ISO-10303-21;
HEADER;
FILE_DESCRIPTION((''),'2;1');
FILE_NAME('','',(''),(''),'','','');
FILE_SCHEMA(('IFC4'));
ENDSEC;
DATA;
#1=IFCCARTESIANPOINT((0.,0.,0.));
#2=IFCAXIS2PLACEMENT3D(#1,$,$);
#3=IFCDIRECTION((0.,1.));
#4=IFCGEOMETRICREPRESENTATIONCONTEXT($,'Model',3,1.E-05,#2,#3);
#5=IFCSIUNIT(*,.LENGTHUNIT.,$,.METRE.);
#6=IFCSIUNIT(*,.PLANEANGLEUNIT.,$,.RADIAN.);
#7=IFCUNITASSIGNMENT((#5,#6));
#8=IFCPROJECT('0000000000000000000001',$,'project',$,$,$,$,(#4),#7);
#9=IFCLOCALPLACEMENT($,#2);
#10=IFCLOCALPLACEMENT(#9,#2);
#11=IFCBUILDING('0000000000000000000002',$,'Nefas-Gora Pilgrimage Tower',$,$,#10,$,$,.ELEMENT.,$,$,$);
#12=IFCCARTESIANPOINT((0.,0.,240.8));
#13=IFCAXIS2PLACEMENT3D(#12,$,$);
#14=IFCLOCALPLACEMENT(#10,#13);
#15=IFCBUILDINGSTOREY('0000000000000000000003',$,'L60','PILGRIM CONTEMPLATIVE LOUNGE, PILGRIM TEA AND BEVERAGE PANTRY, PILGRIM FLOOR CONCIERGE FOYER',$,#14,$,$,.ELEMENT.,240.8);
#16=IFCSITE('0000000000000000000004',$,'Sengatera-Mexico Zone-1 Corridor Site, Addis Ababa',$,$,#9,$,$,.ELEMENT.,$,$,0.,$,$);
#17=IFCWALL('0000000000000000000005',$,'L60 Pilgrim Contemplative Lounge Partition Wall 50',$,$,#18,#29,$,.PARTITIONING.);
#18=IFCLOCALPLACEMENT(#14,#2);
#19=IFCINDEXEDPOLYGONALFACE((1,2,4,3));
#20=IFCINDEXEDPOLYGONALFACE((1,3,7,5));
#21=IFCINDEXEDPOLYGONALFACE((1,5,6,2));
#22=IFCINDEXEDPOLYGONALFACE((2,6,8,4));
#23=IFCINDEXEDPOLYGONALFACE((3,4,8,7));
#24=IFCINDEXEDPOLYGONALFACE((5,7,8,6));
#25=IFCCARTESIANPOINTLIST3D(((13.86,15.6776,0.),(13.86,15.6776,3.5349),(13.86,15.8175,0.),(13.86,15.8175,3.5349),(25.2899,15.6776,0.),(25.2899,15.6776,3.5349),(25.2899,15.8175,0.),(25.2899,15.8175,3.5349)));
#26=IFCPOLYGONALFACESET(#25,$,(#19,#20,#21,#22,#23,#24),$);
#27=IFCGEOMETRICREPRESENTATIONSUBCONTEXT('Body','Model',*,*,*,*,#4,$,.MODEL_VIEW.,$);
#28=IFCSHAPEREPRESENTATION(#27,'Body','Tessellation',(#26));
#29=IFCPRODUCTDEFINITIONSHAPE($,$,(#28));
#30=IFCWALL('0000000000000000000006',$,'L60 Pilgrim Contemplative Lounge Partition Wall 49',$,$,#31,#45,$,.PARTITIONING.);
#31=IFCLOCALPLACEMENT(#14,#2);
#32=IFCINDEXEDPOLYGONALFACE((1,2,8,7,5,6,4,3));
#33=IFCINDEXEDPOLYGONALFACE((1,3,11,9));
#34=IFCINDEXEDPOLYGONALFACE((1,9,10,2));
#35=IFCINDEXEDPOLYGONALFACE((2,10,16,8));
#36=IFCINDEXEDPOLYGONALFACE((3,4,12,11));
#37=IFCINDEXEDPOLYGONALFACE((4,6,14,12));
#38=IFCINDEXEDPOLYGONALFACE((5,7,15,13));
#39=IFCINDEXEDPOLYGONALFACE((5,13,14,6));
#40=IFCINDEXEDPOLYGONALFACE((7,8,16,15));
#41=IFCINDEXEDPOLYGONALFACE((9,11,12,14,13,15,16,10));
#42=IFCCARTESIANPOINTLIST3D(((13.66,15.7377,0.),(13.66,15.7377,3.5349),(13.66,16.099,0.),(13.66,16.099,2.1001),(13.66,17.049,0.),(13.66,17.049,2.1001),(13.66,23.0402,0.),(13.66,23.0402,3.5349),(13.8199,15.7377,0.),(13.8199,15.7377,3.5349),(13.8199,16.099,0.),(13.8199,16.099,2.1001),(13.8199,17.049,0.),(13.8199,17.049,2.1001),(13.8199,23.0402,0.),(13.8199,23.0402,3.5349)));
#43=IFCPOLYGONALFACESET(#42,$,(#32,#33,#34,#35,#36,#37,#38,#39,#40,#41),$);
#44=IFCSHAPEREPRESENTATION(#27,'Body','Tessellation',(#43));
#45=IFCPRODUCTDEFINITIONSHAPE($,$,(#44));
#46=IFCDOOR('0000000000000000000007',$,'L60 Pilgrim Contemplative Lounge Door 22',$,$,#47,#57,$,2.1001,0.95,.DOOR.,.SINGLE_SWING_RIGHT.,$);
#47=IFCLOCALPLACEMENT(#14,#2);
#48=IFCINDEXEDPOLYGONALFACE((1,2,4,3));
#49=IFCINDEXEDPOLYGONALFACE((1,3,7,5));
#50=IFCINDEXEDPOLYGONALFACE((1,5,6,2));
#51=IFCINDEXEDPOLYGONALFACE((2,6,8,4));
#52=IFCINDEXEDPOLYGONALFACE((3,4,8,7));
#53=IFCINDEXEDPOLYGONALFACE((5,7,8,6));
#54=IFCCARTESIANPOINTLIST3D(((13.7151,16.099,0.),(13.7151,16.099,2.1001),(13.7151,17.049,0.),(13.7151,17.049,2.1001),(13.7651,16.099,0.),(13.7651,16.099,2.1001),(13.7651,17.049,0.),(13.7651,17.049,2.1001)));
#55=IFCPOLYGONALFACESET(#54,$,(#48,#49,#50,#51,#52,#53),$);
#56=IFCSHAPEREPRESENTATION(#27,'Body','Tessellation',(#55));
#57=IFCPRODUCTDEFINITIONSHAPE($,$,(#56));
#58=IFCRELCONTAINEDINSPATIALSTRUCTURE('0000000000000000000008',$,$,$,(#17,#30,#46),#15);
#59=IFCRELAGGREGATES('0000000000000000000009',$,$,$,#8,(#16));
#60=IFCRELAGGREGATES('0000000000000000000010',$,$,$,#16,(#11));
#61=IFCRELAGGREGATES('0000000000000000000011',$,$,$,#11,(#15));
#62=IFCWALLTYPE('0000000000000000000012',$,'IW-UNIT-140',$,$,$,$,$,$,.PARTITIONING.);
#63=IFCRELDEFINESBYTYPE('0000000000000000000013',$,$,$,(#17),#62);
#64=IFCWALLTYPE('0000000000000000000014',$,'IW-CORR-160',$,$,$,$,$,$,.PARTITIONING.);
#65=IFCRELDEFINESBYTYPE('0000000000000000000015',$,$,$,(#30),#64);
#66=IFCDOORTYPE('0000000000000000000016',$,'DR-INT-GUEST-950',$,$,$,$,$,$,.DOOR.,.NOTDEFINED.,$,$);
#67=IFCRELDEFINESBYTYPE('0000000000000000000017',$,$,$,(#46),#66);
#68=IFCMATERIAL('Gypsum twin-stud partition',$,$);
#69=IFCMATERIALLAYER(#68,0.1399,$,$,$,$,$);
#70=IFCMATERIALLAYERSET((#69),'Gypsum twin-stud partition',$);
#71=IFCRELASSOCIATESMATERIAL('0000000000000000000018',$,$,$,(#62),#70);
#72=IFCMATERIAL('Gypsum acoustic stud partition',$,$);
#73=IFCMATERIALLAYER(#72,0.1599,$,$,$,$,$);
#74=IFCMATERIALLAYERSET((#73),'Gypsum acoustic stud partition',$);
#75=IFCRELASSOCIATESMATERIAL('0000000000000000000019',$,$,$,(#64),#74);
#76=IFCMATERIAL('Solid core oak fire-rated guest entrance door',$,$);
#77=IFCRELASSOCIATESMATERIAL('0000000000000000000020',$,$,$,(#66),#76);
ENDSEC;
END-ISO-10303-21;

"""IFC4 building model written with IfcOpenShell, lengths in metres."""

from ifc_helpers import new_model, si_unit, direction, frame, frame_2d, origin, place, context, subcontext, project, spatial, rectangle, extrude, source, transform, mapped, material, layer, layer_set, type_object, element, fill, save


model = new_model("IFC4")

# Units and contexts
model_context = context("Model", 3, precision=1e-05, world=origin(), true_north=direction((0.0, 1.0)))
body_context = subcontext(model_context, "Body", "Model", "MODEL_VIEW")
ifc_project = project(units=[si_unit("LENGTHUNIT", "METRE"), si_unit("PLANEANGLEUNIT", "RADIAN")], contexts=[model_context])

# Site, building, storey
site_placement = place(None, origin())
site = spatial("IfcSite", under=ifc_project, at=site_placement, Name="Sengatera-Mexico Zone-1 Corridor Site, Addis Ababa", CompositionType="ELEMENT", RefElevation=0.0)
building_placement = place(site_placement, origin())
building = spatial("IfcBuilding", under=site, at=building_placement, Name="Nefas-Gora Pilgrimage Tower", CompositionType="ELEMENT")
storey_placement = place(building_placement, frame((0.0, 0.0, 240.8)))
storey = spatial("IfcBuildingStorey", under=building, at=storey_placement, Name="L60", Description="PILGRIM CONTEMPLATIVE LOUNGE, PILGRIM TEA AND BEVERAGE PANTRY, PILGRIM FLOOR CONCIERGE FOYER", CompositionType="ELEMENT", Elevation=240.8)

# Wall
ifc_material_1 = material(Name="Gypsum twin-stud partition")
ifc_layer_1 = layer(ifc_material_1, 0.1399)
ifc_layer_set_1 = layer_set([ifc_layer_1], Name="Gypsum twin-stud partition")
wall_type_1 = type_object("IfcWallType", Name="IW-UNIT-140", PredefinedType="PARTITIONING", material=ifc_layer_set_1)
shared_shape_1 = source(origin(), body_context, "Body", "SweptSolid", [
    extrude(rectangle(XDim=11.4299, YDim=0.1399, at=frame_2d((5.7148, 0.0))), origin(), (0.0, 0.0, 1.0), 3.5349),
])
wall_1_placement = place(storey_placement, frame((13.8601, 15.7476, 0.0), z_axis=(0.0, 0.0, 1.0), x_axis=(1.0, 0.0, 0.0)))
element("IfcWall", 1, at=wall_1_placement, inside=storey, type_object=wall_type_1, Name="L60 Pilgrim Contemplative Lounge Partition Wall 50", PredefinedType="PARTITIONING", context=body_context, shape_type="MappedRepresentation", body=[
    mapped(shared_shape_1, transform((0.0, 0.0, 0.0), x_axis=(1.0, 0.0, 0.0), y_axis=(0.0, 1.0, 0.0), z_axis=(0.0, 0.0, 1.0), scale=1.0)),
])

# Wall, opening, door
ifc_material_2 = material(Name="Gypsum acoustic stud partition")
ifc_layer_2 = layer(ifc_material_2, 0.1599)
ifc_layer_set_2 = layer_set([ifc_layer_2], Name="Gypsum acoustic stud partition")
wall_type_2 = type_object("IfcWallType", Name="IW-CORR-160", PredefinedType="PARTITIONING", material=ifc_layer_set_2)
shared_shape_2 = source(origin(), body_context, "Body", "SweptSolid", [
    extrude(rectangle(XDim=7.3025, YDim=0.1599, at=frame_2d((3.6514, 0.0))), origin(), (0.0, 0.0, 1.0), 3.5349),
])
wall_2_placement = place(storey_placement, frame((13.74, 15.7375, 0.0), z_axis=(0.0, 0.0, 1.0), x_axis=(0.0, 1.0, 0.0)))
wall_2 = element("IfcWall", 2, at=wall_2_placement, inside=storey, type_object=wall_type_2, Name="L60 Pilgrim Contemplative Lounge Partition Wall 49", PredefinedType="PARTITIONING", context=body_context, shape_type="MappedRepresentation", body=[
    mapped(shared_shape_2, transform((0.0, 0.0, 0.0), x_axis=(1.0, 0.0, 0.0), y_axis=(0.0, 1.0, 0.0), z_axis=(0.0, 0.0, 1.0), scale=1.0)),
])
opening_1_placement = place(wall_2_placement, frame((0.3613, 0.0, 0.0)))
opening_1 = element("IfcOpeningElement", 3, at=opening_1_placement, cuts=wall_2, PredefinedType="OPENING", context=body_context, shape_type="SweptSolid", body=[
    extrude(rectangle(XDim=0.95, YDim=2.1001, at=frame_2d((0.4751, 1.05))), frame((0.0, 0.0898, 0.0), z_axis=(0.0, -1.0, 0.0), x_axis=(1.0, 0.0, 0.0)), (0.0, 0.0, 1.0), 0.1799),
])
ifc_material_3 = material(Name="Solid core oak fire-rated guest entrance door")
door_type = type_object("IfcDoorType", Name="DR-INT-GUEST-950", OperationType="NOTDEFINED", PredefinedType="DOOR", material=ifc_material_3)
shared_shape_3 = source(origin(), body_context, "Body", "SweptSolid", [
    extrude(rectangle(XDim=0.95, YDim=2.1001, at=frame_2d((0.4751, 1.05))), frame((0.0, 0.0249, 0.0), z_axis=(0.0, -1.0, 0.0), x_axis=(1.0, 0.0, 0.0)), (0.0, 0.0, 1.0), 0.05),
])
door_placement = place(opening_1_placement, origin())
door = element("IfcDoor", 4, at=door_placement, inside=storey, type_object=door_type, Name="L60 Pilgrim Contemplative Lounge Door 22", OperationType="SINGLE_SWING_RIGHT", OverallHeight=2.1001, OverallWidth=0.95, PredefinedType="DOOR", context=body_context, shape_type="MappedRepresentation", body=[
    mapped(shared_shape_3, transform((0.0, 0.0, 0.0), x_axis=(1.0, 0.0, 0.0), y_axis=(0.0, 1.0, 0.0), z_axis=(0.0, 0.0, 1.0), scale=1.0)),
])
fill(opening_1, door)

save(model, "model.ifc")
